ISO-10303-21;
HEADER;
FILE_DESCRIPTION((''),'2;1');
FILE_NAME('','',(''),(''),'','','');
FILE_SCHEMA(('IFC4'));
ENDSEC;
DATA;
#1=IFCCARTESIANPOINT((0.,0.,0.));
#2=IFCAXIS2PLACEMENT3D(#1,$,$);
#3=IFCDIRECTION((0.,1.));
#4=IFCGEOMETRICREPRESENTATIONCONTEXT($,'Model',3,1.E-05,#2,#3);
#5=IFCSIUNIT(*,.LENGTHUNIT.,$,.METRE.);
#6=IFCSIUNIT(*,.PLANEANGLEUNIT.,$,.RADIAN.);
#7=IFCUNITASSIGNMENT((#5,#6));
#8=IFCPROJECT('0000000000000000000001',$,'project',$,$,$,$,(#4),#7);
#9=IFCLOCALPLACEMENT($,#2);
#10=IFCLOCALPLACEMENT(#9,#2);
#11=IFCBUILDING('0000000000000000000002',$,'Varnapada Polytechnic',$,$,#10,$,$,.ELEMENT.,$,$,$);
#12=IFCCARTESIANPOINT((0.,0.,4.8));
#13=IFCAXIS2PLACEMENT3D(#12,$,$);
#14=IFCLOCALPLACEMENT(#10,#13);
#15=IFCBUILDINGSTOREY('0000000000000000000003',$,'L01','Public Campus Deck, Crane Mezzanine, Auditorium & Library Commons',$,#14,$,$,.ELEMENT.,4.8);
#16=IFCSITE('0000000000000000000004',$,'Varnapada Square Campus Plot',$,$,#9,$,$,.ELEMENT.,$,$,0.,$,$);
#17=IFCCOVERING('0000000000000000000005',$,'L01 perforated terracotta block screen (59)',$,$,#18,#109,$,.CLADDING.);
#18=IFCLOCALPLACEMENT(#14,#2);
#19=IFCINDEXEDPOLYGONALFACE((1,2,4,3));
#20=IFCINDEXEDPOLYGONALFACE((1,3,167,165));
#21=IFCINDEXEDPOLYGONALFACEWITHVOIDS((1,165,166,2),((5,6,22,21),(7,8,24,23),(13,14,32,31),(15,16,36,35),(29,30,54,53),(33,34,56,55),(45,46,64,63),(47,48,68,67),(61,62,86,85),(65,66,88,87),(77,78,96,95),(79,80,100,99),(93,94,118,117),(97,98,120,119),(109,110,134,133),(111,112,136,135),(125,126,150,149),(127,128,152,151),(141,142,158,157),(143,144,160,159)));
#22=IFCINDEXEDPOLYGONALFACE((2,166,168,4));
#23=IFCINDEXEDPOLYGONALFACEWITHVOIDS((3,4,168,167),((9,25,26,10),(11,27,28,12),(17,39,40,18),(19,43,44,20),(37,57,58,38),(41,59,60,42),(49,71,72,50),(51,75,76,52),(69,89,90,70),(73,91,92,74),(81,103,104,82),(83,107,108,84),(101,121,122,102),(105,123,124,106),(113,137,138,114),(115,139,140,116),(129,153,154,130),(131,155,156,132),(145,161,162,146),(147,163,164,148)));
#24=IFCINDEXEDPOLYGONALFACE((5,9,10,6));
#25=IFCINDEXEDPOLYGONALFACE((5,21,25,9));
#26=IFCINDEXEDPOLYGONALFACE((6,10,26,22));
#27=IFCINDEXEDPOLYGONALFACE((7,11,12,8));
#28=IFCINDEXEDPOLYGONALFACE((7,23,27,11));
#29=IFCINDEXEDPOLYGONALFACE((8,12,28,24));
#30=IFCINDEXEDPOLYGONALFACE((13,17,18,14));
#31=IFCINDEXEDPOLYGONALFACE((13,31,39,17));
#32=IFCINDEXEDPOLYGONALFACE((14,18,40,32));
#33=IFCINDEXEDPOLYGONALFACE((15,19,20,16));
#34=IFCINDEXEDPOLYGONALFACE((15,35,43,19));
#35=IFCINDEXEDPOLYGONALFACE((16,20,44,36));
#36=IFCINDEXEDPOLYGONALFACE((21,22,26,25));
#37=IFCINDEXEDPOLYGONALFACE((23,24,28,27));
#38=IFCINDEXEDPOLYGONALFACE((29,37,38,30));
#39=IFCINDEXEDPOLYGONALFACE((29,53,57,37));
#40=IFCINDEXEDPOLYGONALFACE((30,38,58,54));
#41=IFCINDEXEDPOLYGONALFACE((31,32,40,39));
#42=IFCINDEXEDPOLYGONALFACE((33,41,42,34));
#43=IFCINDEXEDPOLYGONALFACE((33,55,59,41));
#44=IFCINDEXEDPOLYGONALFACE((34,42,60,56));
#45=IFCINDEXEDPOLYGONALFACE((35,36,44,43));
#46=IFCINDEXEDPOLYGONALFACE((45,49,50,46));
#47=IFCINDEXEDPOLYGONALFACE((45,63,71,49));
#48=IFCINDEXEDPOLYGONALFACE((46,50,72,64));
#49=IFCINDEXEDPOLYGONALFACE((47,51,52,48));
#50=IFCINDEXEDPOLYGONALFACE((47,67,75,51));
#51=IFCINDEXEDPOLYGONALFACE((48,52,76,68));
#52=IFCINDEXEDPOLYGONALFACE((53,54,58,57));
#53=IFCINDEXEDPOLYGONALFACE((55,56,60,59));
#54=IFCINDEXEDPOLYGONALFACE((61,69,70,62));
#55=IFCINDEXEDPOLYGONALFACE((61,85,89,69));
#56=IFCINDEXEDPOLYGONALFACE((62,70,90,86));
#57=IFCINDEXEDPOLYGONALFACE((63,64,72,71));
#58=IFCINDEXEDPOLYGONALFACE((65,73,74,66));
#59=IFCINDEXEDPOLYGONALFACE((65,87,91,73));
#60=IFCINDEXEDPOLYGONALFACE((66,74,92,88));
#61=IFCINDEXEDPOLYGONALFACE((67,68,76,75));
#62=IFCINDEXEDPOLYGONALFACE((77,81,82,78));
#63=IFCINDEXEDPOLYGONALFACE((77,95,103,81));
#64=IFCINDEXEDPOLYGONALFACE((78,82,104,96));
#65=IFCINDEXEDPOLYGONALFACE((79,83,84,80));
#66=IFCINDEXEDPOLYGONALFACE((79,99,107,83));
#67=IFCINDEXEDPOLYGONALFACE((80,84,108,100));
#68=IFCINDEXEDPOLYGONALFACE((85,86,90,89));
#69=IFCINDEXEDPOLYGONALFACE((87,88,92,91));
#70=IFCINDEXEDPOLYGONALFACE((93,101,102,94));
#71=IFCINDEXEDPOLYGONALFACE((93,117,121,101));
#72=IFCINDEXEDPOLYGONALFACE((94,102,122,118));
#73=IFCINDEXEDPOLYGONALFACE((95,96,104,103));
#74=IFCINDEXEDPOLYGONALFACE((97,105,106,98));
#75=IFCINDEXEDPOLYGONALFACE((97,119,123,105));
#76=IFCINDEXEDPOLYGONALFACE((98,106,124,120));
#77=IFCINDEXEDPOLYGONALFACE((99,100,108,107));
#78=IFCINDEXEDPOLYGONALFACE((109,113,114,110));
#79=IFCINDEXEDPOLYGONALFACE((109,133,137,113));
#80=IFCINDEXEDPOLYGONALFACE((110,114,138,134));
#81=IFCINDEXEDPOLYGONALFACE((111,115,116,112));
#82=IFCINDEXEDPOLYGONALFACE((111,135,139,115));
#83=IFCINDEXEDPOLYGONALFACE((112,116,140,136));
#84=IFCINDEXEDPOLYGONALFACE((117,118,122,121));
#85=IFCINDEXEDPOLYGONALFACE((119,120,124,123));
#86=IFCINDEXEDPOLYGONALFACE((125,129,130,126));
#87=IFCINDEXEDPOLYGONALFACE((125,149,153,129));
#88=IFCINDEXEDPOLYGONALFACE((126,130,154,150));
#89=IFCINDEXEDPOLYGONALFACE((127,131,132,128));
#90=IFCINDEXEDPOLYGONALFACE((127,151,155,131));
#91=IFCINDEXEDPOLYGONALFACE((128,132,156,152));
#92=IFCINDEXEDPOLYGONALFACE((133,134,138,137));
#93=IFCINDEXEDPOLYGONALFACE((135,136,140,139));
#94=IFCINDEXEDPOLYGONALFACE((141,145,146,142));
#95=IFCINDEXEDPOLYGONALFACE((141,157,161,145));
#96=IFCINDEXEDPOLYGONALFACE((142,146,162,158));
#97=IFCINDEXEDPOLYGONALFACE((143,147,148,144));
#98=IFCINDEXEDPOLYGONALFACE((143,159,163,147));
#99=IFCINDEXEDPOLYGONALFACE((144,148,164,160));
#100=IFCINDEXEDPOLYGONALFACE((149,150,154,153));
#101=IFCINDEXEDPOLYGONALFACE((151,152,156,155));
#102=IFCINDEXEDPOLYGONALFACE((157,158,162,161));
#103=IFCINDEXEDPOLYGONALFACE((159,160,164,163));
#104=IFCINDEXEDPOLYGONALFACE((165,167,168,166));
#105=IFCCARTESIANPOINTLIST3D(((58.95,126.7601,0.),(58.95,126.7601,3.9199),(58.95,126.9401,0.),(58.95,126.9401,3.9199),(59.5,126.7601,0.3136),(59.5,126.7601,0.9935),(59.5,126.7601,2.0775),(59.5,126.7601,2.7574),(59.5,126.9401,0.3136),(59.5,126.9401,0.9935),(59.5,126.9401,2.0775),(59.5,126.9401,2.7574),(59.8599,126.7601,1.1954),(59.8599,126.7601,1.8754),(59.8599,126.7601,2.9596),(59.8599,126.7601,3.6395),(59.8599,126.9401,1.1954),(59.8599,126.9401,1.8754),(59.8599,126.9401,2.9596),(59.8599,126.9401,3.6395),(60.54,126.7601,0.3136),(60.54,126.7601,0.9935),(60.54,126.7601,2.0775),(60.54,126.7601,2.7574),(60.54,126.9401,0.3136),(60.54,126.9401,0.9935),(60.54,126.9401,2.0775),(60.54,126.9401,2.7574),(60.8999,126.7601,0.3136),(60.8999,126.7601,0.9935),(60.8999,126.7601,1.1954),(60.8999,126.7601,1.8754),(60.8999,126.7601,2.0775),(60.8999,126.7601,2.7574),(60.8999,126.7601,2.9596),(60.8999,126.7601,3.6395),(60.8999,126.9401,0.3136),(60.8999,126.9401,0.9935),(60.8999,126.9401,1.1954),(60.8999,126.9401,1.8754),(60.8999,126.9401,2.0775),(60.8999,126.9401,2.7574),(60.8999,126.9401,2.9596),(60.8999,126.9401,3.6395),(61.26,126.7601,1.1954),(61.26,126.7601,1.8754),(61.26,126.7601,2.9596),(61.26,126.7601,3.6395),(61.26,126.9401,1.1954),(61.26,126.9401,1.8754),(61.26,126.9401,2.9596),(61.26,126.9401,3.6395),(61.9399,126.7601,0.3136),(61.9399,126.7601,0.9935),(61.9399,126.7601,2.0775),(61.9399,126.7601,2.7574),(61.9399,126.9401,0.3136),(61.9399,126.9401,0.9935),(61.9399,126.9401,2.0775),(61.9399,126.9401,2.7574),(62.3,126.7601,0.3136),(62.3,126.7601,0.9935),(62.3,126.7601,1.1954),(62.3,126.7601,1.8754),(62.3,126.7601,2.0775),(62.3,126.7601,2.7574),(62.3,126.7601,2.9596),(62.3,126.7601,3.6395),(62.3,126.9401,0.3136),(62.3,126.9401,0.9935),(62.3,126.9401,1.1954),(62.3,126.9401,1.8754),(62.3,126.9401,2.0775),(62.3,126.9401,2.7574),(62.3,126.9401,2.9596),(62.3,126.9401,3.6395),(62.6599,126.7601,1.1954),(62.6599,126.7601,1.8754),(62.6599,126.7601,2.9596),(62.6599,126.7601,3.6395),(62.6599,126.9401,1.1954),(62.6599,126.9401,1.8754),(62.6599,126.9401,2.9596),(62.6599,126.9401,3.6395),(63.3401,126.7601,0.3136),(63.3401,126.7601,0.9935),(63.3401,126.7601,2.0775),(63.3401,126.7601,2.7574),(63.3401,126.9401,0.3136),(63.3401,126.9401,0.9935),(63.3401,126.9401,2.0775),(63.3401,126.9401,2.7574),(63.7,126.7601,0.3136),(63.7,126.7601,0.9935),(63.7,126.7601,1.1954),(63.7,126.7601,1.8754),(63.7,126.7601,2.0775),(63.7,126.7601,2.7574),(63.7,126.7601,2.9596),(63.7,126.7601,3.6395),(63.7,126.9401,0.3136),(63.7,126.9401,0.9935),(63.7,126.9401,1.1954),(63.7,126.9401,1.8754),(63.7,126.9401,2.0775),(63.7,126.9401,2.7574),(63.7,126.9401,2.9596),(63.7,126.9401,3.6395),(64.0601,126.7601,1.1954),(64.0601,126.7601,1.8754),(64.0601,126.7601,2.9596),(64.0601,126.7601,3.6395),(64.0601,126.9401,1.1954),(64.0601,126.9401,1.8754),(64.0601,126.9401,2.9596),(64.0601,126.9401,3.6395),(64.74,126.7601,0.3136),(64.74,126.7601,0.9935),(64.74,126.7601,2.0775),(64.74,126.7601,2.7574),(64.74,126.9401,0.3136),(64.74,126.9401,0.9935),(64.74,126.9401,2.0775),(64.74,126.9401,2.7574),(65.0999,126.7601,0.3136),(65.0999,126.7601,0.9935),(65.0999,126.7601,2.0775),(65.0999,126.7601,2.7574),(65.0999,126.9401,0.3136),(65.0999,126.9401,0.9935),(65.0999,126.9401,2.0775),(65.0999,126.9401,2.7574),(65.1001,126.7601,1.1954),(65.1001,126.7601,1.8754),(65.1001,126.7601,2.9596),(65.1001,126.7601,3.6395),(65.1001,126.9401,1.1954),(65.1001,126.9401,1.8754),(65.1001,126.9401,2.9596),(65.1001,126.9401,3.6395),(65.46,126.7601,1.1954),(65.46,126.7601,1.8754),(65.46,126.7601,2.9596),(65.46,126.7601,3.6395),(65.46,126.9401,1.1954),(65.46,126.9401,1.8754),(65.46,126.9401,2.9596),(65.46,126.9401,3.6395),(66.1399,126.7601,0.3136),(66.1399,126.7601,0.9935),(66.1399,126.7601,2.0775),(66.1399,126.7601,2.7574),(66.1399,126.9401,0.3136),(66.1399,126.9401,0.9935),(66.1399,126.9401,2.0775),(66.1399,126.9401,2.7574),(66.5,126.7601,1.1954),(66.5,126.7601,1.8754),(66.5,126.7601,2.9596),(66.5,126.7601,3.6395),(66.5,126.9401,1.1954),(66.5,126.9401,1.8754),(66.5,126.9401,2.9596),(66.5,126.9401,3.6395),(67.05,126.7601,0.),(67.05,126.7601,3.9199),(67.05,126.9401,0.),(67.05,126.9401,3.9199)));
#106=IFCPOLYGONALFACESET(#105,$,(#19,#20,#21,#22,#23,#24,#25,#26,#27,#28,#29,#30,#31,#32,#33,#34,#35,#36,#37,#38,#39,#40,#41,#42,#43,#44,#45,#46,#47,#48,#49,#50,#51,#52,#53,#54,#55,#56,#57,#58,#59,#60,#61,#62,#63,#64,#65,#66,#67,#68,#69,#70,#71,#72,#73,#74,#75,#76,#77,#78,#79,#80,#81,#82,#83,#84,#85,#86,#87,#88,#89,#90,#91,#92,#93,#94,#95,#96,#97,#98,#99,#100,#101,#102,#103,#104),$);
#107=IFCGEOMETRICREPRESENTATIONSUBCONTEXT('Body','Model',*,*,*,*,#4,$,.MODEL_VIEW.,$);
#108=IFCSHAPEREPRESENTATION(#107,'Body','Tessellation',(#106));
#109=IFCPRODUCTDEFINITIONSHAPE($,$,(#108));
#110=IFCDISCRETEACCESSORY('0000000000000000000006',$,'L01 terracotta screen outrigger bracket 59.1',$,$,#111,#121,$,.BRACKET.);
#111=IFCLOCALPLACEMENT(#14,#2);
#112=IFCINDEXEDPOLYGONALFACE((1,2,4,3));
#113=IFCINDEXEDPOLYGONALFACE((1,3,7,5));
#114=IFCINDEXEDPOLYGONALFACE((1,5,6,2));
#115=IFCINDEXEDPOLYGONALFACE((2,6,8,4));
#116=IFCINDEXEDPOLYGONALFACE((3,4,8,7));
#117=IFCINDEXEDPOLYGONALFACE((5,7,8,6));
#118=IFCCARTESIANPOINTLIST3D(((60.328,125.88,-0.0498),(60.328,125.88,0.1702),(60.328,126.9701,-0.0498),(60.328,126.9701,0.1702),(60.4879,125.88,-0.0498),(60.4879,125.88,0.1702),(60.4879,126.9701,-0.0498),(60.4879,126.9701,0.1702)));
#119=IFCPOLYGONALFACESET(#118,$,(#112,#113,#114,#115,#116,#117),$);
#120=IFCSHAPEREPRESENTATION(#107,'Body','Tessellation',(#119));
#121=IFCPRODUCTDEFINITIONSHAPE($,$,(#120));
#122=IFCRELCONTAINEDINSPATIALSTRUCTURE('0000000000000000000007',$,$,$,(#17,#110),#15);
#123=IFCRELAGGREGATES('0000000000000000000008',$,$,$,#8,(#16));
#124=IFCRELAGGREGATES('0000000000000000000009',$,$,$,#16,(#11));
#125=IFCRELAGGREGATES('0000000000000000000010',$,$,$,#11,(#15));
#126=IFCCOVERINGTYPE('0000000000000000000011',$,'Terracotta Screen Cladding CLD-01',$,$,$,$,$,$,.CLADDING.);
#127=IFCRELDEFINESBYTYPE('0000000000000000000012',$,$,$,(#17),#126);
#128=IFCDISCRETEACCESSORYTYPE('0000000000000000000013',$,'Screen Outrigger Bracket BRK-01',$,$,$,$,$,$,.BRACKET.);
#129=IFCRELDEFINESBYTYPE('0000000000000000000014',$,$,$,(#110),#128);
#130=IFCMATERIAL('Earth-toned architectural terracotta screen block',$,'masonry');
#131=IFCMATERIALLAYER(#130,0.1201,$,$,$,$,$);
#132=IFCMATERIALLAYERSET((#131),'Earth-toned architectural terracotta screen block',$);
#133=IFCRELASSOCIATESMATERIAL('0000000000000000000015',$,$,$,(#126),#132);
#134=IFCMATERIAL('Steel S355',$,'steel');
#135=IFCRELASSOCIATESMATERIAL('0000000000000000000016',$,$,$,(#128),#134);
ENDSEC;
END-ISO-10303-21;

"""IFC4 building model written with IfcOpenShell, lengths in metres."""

from ifc_helpers import new_model, si_unit, direction, frame, frame_2d, origin, origin_2d, place, context, subcontext, project, spatial, rectangle, extrude, material, layer, layer_set, type_object, element, save


model = new_model("IFC4")

# Units and contexts
model_context = context("Model", 3, precision=1e-05, world=origin(), true_north=direction((0.0, 1.0)))
body_context = subcontext(model_context, "Body", "Model", "MODEL_VIEW")
ifc_project = project(units=[si_unit("LENGTHUNIT", "METRE"), si_unit("PLANEANGLEUNIT", "RADIAN")], contexts=[model_context])

# Site, building, storey
site_placement = place(None, origin())
site = spatial("IfcSite", under=ifc_project, at=site_placement, Name="Varnapada Square Campus Plot", CompositionType="ELEMENT", RefElevation=0.0)
building_placement = place(site_placement, origin())
building = spatial("IfcBuilding", under=site, at=building_placement, Name="Varnapada Polytechnic", CompositionType="ELEMENT")
storey_placement = place(building_placement, frame((0.0, 0.0, 4.8)))
storey = spatial("IfcBuildingStorey", under=building, at=storey_placement, Name="L01", Description="Public Campus Deck, Crane Mezzanine, Auditorium & Library Commons", CompositionType="ELEMENT", Elevation=4.8)

# Covering, openings
ifc_material_1 = material(Name="Earth-toned architectural terracotta screen block", Category="masonry")
ifc_layer_1 = layer(ifc_material_1, 0.1201)
ifc_layer_set_1 = layer_set([ifc_layer_1], Name="Earth-toned architectural terracotta screen block")
covering_type = type_object("IfcCoveringType", Name="Terracotta Screen Cladding CLD-01", PredefinedType="CLADDING", material=ifc_layer_set_1)
covering_placement = place(storey_placement, frame((58.95, 126.8501, 0.0), z_axis=(0.0, 0.0, 1.0), x_axis=(1.0, 0.0, 0.0)))
covering = element("IfcCovering", 1, at=covering_placement, inside=storey, type_object=covering_type, Name="L01 perforated terracotta block screen (59)", PredefinedType="CLADDING", context=body_context, shape_type="SweptSolid", body=[
    extrude(rectangle(XDim=8.1001, YDim=0.1799, at=frame_2d((4.05, 0.0))), origin(), (0.0, 0.0, 1.0), 3.9199),
])
opening_1_placement = place(covering_placement, frame((0.55, 0.0, 0.3137)))
element("IfcOpeningElement", 2, at=opening_1_placement, cuts=covering, PredefinedType="OPENING", context=body_context, shape_type="SweptSolid", body=[
    extrude(rectangle(XDim=1.04, YDim=0.6799, at=frame_2d((0.52, 0.3398))), frame((0.0, 0.0999, 0.0), z_axis=(0.0, -1.0, 0.0), x_axis=(1.0, 0.0, 0.0)), (0.0, 0.0, 1.0), 0.2),
])
opening_2_placement = place(covering_placement, frame((1.95, 0.0, 0.3137)))
element("IfcOpeningElement", 3, at=opening_2_placement, cuts=covering, PredefinedType="OPENING", context=body_context, shape_type="SweptSolid", body=[
    extrude(rectangle(XDim=1.04, YDim=0.6799, at=frame_2d((0.52, 0.3398))), frame((0.0, 0.0999, 0.0), z_axis=(0.0, -1.0, 0.0), x_axis=(1.0, 0.0, 0.0)), (0.0, 0.0, 1.0), 0.2),
])
opening_3_placement = place(covering_placement, frame((3.3501, 0.0, 0.3137)))
element("IfcOpeningElement", 4, at=opening_3_placement, cuts=covering, PredefinedType="OPENING", context=body_context, shape_type="SweptSolid", body=[
    extrude(rectangle(XDim=1.04, YDim=0.6799, at=frame_2d((0.52, 0.3398))), frame((0.0, 0.0999, 0.0), z_axis=(0.0, -1.0, 0.0), x_axis=(1.0, 0.0, 0.0)), (0.0, 0.0, 1.0), 0.2),
])
opening_4_placement = place(covering_placement, frame((4.75, 0.0, 0.3137)))
element("IfcOpeningElement", 5, at=opening_4_placement, cuts=covering, PredefinedType="OPENING", context=body_context, shape_type="SweptSolid", body=[
    extrude(rectangle(XDim=1.04, YDim=0.6799, at=frame_2d((0.52, 0.3398))), frame((0.0, 0.0999, 0.0), z_axis=(0.0, -1.0, 0.0), x_axis=(1.0, 0.0, 0.0)), (0.0, 0.0, 1.0), 0.2),
])
opening_5_placement = place(covering_placement, frame((6.1499, 0.0, 0.3137)))
element("IfcOpeningElement", 6, at=opening_5_placement, cuts=covering, PredefinedType="OPENING", context=body_context, shape_type="SweptSolid", body=[
    extrude(rectangle(XDim=1.04, YDim=0.6799, at=frame_2d((0.52, 0.3398))), frame((0.0, 0.0999, 0.0), z_axis=(0.0, -1.0, 0.0), x_axis=(1.0, 0.0, 0.0)), (0.0, 0.0, 1.0), 0.2),
])
opening_6_placement = place(covering_placement, frame((0.9099, 0.0, 1.1956)))
element("IfcOpeningElement", 7, at=opening_6_placement, cuts=covering, PredefinedType="OPENING", context=body_context, shape_type="SweptSolid", body=[
    extrude(rectangle(XDim=1.04, YDim=0.6799, at=frame_2d((0.52, 0.3398))), frame((0.0, 0.0999, 0.0), z_axis=(0.0, -1.0, 0.0), x_axis=(1.0, 0.0, 0.0)), (0.0, 0.0, 1.0), 0.2),
])
opening_7_placement = place(covering_placement, frame((2.3101, 0.0, 1.1956)))
element("IfcOpeningElement", 8, at=opening_7_placement, cuts=covering, PredefinedType="OPENING", context=body_context, shape_type="SweptSolid", body=[
    extrude(rectangle(XDim=1.04, YDim=0.6799, at=frame_2d((0.52, 0.3398))), frame((0.0, 0.0999, 0.0), z_axis=(0.0, -1.0, 0.0), x_axis=(1.0, 0.0, 0.0)), (0.0, 0.0, 1.0), 0.2),
])
opening_8_placement = place(covering_placement, frame((3.71, 0.0, 1.1956)))
element("IfcOpeningElement", 9, at=opening_8_placement, cuts=covering, PredefinedType="OPENING", context=body_context, shape_type="SweptSolid", body=[
    extrude(rectangle(XDim=1.04, YDim=0.6799, at=frame_2d((0.52, 0.3398))), frame((0.0, 0.0999, 0.0), z_axis=(0.0, -1.0, 0.0), x_axis=(1.0, 0.0, 0.0)), (0.0, 0.0, 1.0), 0.2),
])
opening_9_placement = place(covering_placement, frame((5.1101, 0.0, 1.1956)))
element("IfcOpeningElement", 10, at=opening_9_placement, cuts=covering, PredefinedType="OPENING", context=body_context, shape_type="SweptSolid", body=[
    extrude(rectangle(XDim=1.04, YDim=0.6799, at=frame_2d((0.52, 0.3398))), frame((0.0, 0.0999, 0.0), z_axis=(0.0, -1.0, 0.0), x_axis=(1.0, 0.0, 0.0)), (0.0, 0.0, 1.0), 0.2),
])
opening_10_placement = place(covering_placement, frame((6.51, 0.0, 1.1956)))
element("IfcOpeningElement", 11, at=opening_10_placement, cuts=covering, PredefinedType="OPENING", context=body_context, shape_type="SweptSolid", body=[
    extrude(rectangle(XDim=1.04, YDim=0.6799, at=frame_2d((0.52, 0.3398))), frame((0.0, 0.0999, 0.0), z_axis=(0.0, -1.0, 0.0), x_axis=(1.0, 0.0, 0.0)), (0.0, 0.0, 1.0), 0.2),
])
opening_11_placement = place(covering_placement, frame((0.55, 0.0, 2.0776)))
element("IfcOpeningElement", 12, at=opening_11_placement, cuts=covering, PredefinedType="OPENING", context=body_context, shape_type="SweptSolid", body=[
    extrude(rectangle(XDim=1.04, YDim=0.6799, at=frame_2d((0.52, 0.3398))), frame((0.0, 0.0999, 0.0), z_axis=(0.0, -1.0, 0.0), x_axis=(1.0, 0.0, 0.0)), (0.0, 0.0, 1.0), 0.2),
])
opening_12_placement = place(covering_placement, frame((1.95, 0.0, 2.0776)))
element("IfcOpeningElement", 13, at=opening_12_placement, cuts=covering, PredefinedType="OPENING", context=body_context, shape_type="SweptSolid", body=[
    extrude(rectangle(XDim=1.04, YDim=0.6799, at=frame_2d((0.52, 0.3398))), frame((0.0, 0.0999, 0.0), z_axis=(0.0, -1.0, 0.0), x_axis=(1.0, 0.0, 0.0)), (0.0, 0.0, 1.0), 0.2),
])
opening_13_placement = place(covering_placement, frame((3.3501, 0.0, 2.0776)))
element("IfcOpeningElement", 14, at=opening_13_placement, cuts=covering, PredefinedType="OPENING", context=body_context, shape_type="SweptSolid", body=[
    extrude(rectangle(XDim=1.04, YDim=0.6799, at=frame_2d((0.52, 0.3398))), frame((0.0, 0.0999, 0.0), z_axis=(0.0, -1.0, 0.0), x_axis=(1.0, 0.0, 0.0)), (0.0, 0.0, 1.0), 0.2),
])
opening_14_placement = place(covering_placement, frame((4.75, 0.0, 2.0776)))
element("IfcOpeningElement", 15, at=opening_14_placement, cuts=covering, PredefinedType="OPENING", context=body_context, shape_type="SweptSolid", body=[
    extrude(rectangle(XDim=1.04, YDim=0.6799, at=frame_2d((0.52, 0.3398))), frame((0.0, 0.0999, 0.0), z_axis=(0.0, -1.0, 0.0), x_axis=(1.0, 0.0, 0.0)), (0.0, 0.0, 1.0), 0.2),
])
opening_15_placement = place(covering_placement, frame((6.1499, 0.0, 2.0776)))
element("IfcOpeningElement", 16, at=opening_15_placement, cuts=covering, PredefinedType="OPENING", context=body_context, shape_type="SweptSolid", body=[
    extrude(rectangle(XDim=1.04, YDim=0.6799, at=frame_2d((0.52, 0.3398))), frame((0.0, 0.0999, 0.0), z_axis=(0.0, -1.0, 0.0), x_axis=(1.0, 0.0, 0.0)), (0.0, 0.0, 1.0), 0.2),
])
opening_16_placement = place(covering_placement, frame((0.9099, 0.0, 2.9597)))
element("IfcOpeningElement", 17, at=opening_16_placement, cuts=covering, PredefinedType="OPENING", context=body_context, shape_type="SweptSolid", body=[
    extrude(rectangle(XDim=1.04, YDim=0.6799, at=frame_2d((0.52, 0.3398))), frame((0.0, 0.0999, 0.0), z_axis=(0.0, -1.0, 0.0), x_axis=(1.0, 0.0, 0.0)), (0.0, 0.0, 1.0), 0.2),
])
opening_17_placement = place(covering_placement, frame((2.3101, 0.0, 2.9597)))
element("IfcOpeningElement", 18, at=opening_17_placement, cuts=covering, PredefinedType="OPENING", context=body_context, shape_type="SweptSolid", body=[
    extrude(rectangle(XDim=1.04, YDim=0.6799, at=frame_2d((0.52, 0.3398))), frame((0.0, 0.0999, 0.0), z_axis=(0.0, -1.0, 0.0), x_axis=(1.0, 0.0, 0.0)), (0.0, 0.0, 1.0), 0.2),
])
opening_18_placement = place(covering_placement, frame((3.71, 0.0, 2.9597)))
element("IfcOpeningElement", 19, at=opening_18_placement, cuts=covering, PredefinedType="OPENING", context=body_context, shape_type="SweptSolid", body=[
    extrude(rectangle(XDim=1.04, YDim=0.6799, at=frame_2d((0.52, 0.3398))), frame((0.0, 0.0999, 0.0), z_axis=(0.0, -1.0, 0.0), x_axis=(1.0, 0.0, 0.0)), (0.0, 0.0, 1.0), 0.2),
])
opening_19_placement = place(covering_placement, frame((5.1101, 0.0, 2.9597)))
element("IfcOpeningElement", 20, at=opening_19_placement, cuts=covering, PredefinedType="OPENING", context=body_context, shape_type="SweptSolid", body=[
    extrude(rectangle(XDim=1.04, YDim=0.6799, at=frame_2d((0.52, 0.3398))), frame((0.0, 0.0999, 0.0), z_axis=(0.0, -1.0, 0.0), x_axis=(1.0, 0.0, 0.0)), (0.0, 0.0, 1.0), 0.2),
])
opening_20_placement = place(covering_placement, frame((6.51, 0.0, 2.9597)))
element("IfcOpeningElement", 21, at=opening_20_placement, cuts=covering, PredefinedType="OPENING", context=body_context, shape_type="SweptSolid", body=[
    extrude(rectangle(XDim=1.04, YDim=0.6799, at=frame_2d((0.52, 0.3398))), frame((0.0, 0.0999, 0.0), z_axis=(0.0, -1.0, 0.0), x_axis=(1.0, 0.0, 0.0)), (0.0, 0.0, 1.0), 0.2),
])

# Discrete accessory
ifc_material_2 = material(Name="Steel S355", Category="steel")
discrete_accessory_type = type_object("IfcDiscreteAccessoryType", Name="Screen Outrigger Bracket BRK-01", PredefinedType="BRACKET", material=ifc_material_2)
discrete_accessory_placement = place(storey_placement, frame((60.408, 126.425, -0.0498), z_axis=(0.0, 0.0, 1.0), x_axis=(1.0, 0.0, 0.0)))
element("IfcDiscreteAccessory", 22, at=discrete_accessory_placement, inside=storey, type_object=discrete_accessory_type, Name="L01 terracotta screen outrigger bracket 59.1", PredefinedType="BRACKET", context=body_context, shape_type="SweptSolid", body=[
    extrude(rectangle(XDim=0.1599, YDim=1.0901, at=origin_2d()), origin(), (0.0, 0.0, 1.0), 0.22),
])

save(model, "model.ifc")
